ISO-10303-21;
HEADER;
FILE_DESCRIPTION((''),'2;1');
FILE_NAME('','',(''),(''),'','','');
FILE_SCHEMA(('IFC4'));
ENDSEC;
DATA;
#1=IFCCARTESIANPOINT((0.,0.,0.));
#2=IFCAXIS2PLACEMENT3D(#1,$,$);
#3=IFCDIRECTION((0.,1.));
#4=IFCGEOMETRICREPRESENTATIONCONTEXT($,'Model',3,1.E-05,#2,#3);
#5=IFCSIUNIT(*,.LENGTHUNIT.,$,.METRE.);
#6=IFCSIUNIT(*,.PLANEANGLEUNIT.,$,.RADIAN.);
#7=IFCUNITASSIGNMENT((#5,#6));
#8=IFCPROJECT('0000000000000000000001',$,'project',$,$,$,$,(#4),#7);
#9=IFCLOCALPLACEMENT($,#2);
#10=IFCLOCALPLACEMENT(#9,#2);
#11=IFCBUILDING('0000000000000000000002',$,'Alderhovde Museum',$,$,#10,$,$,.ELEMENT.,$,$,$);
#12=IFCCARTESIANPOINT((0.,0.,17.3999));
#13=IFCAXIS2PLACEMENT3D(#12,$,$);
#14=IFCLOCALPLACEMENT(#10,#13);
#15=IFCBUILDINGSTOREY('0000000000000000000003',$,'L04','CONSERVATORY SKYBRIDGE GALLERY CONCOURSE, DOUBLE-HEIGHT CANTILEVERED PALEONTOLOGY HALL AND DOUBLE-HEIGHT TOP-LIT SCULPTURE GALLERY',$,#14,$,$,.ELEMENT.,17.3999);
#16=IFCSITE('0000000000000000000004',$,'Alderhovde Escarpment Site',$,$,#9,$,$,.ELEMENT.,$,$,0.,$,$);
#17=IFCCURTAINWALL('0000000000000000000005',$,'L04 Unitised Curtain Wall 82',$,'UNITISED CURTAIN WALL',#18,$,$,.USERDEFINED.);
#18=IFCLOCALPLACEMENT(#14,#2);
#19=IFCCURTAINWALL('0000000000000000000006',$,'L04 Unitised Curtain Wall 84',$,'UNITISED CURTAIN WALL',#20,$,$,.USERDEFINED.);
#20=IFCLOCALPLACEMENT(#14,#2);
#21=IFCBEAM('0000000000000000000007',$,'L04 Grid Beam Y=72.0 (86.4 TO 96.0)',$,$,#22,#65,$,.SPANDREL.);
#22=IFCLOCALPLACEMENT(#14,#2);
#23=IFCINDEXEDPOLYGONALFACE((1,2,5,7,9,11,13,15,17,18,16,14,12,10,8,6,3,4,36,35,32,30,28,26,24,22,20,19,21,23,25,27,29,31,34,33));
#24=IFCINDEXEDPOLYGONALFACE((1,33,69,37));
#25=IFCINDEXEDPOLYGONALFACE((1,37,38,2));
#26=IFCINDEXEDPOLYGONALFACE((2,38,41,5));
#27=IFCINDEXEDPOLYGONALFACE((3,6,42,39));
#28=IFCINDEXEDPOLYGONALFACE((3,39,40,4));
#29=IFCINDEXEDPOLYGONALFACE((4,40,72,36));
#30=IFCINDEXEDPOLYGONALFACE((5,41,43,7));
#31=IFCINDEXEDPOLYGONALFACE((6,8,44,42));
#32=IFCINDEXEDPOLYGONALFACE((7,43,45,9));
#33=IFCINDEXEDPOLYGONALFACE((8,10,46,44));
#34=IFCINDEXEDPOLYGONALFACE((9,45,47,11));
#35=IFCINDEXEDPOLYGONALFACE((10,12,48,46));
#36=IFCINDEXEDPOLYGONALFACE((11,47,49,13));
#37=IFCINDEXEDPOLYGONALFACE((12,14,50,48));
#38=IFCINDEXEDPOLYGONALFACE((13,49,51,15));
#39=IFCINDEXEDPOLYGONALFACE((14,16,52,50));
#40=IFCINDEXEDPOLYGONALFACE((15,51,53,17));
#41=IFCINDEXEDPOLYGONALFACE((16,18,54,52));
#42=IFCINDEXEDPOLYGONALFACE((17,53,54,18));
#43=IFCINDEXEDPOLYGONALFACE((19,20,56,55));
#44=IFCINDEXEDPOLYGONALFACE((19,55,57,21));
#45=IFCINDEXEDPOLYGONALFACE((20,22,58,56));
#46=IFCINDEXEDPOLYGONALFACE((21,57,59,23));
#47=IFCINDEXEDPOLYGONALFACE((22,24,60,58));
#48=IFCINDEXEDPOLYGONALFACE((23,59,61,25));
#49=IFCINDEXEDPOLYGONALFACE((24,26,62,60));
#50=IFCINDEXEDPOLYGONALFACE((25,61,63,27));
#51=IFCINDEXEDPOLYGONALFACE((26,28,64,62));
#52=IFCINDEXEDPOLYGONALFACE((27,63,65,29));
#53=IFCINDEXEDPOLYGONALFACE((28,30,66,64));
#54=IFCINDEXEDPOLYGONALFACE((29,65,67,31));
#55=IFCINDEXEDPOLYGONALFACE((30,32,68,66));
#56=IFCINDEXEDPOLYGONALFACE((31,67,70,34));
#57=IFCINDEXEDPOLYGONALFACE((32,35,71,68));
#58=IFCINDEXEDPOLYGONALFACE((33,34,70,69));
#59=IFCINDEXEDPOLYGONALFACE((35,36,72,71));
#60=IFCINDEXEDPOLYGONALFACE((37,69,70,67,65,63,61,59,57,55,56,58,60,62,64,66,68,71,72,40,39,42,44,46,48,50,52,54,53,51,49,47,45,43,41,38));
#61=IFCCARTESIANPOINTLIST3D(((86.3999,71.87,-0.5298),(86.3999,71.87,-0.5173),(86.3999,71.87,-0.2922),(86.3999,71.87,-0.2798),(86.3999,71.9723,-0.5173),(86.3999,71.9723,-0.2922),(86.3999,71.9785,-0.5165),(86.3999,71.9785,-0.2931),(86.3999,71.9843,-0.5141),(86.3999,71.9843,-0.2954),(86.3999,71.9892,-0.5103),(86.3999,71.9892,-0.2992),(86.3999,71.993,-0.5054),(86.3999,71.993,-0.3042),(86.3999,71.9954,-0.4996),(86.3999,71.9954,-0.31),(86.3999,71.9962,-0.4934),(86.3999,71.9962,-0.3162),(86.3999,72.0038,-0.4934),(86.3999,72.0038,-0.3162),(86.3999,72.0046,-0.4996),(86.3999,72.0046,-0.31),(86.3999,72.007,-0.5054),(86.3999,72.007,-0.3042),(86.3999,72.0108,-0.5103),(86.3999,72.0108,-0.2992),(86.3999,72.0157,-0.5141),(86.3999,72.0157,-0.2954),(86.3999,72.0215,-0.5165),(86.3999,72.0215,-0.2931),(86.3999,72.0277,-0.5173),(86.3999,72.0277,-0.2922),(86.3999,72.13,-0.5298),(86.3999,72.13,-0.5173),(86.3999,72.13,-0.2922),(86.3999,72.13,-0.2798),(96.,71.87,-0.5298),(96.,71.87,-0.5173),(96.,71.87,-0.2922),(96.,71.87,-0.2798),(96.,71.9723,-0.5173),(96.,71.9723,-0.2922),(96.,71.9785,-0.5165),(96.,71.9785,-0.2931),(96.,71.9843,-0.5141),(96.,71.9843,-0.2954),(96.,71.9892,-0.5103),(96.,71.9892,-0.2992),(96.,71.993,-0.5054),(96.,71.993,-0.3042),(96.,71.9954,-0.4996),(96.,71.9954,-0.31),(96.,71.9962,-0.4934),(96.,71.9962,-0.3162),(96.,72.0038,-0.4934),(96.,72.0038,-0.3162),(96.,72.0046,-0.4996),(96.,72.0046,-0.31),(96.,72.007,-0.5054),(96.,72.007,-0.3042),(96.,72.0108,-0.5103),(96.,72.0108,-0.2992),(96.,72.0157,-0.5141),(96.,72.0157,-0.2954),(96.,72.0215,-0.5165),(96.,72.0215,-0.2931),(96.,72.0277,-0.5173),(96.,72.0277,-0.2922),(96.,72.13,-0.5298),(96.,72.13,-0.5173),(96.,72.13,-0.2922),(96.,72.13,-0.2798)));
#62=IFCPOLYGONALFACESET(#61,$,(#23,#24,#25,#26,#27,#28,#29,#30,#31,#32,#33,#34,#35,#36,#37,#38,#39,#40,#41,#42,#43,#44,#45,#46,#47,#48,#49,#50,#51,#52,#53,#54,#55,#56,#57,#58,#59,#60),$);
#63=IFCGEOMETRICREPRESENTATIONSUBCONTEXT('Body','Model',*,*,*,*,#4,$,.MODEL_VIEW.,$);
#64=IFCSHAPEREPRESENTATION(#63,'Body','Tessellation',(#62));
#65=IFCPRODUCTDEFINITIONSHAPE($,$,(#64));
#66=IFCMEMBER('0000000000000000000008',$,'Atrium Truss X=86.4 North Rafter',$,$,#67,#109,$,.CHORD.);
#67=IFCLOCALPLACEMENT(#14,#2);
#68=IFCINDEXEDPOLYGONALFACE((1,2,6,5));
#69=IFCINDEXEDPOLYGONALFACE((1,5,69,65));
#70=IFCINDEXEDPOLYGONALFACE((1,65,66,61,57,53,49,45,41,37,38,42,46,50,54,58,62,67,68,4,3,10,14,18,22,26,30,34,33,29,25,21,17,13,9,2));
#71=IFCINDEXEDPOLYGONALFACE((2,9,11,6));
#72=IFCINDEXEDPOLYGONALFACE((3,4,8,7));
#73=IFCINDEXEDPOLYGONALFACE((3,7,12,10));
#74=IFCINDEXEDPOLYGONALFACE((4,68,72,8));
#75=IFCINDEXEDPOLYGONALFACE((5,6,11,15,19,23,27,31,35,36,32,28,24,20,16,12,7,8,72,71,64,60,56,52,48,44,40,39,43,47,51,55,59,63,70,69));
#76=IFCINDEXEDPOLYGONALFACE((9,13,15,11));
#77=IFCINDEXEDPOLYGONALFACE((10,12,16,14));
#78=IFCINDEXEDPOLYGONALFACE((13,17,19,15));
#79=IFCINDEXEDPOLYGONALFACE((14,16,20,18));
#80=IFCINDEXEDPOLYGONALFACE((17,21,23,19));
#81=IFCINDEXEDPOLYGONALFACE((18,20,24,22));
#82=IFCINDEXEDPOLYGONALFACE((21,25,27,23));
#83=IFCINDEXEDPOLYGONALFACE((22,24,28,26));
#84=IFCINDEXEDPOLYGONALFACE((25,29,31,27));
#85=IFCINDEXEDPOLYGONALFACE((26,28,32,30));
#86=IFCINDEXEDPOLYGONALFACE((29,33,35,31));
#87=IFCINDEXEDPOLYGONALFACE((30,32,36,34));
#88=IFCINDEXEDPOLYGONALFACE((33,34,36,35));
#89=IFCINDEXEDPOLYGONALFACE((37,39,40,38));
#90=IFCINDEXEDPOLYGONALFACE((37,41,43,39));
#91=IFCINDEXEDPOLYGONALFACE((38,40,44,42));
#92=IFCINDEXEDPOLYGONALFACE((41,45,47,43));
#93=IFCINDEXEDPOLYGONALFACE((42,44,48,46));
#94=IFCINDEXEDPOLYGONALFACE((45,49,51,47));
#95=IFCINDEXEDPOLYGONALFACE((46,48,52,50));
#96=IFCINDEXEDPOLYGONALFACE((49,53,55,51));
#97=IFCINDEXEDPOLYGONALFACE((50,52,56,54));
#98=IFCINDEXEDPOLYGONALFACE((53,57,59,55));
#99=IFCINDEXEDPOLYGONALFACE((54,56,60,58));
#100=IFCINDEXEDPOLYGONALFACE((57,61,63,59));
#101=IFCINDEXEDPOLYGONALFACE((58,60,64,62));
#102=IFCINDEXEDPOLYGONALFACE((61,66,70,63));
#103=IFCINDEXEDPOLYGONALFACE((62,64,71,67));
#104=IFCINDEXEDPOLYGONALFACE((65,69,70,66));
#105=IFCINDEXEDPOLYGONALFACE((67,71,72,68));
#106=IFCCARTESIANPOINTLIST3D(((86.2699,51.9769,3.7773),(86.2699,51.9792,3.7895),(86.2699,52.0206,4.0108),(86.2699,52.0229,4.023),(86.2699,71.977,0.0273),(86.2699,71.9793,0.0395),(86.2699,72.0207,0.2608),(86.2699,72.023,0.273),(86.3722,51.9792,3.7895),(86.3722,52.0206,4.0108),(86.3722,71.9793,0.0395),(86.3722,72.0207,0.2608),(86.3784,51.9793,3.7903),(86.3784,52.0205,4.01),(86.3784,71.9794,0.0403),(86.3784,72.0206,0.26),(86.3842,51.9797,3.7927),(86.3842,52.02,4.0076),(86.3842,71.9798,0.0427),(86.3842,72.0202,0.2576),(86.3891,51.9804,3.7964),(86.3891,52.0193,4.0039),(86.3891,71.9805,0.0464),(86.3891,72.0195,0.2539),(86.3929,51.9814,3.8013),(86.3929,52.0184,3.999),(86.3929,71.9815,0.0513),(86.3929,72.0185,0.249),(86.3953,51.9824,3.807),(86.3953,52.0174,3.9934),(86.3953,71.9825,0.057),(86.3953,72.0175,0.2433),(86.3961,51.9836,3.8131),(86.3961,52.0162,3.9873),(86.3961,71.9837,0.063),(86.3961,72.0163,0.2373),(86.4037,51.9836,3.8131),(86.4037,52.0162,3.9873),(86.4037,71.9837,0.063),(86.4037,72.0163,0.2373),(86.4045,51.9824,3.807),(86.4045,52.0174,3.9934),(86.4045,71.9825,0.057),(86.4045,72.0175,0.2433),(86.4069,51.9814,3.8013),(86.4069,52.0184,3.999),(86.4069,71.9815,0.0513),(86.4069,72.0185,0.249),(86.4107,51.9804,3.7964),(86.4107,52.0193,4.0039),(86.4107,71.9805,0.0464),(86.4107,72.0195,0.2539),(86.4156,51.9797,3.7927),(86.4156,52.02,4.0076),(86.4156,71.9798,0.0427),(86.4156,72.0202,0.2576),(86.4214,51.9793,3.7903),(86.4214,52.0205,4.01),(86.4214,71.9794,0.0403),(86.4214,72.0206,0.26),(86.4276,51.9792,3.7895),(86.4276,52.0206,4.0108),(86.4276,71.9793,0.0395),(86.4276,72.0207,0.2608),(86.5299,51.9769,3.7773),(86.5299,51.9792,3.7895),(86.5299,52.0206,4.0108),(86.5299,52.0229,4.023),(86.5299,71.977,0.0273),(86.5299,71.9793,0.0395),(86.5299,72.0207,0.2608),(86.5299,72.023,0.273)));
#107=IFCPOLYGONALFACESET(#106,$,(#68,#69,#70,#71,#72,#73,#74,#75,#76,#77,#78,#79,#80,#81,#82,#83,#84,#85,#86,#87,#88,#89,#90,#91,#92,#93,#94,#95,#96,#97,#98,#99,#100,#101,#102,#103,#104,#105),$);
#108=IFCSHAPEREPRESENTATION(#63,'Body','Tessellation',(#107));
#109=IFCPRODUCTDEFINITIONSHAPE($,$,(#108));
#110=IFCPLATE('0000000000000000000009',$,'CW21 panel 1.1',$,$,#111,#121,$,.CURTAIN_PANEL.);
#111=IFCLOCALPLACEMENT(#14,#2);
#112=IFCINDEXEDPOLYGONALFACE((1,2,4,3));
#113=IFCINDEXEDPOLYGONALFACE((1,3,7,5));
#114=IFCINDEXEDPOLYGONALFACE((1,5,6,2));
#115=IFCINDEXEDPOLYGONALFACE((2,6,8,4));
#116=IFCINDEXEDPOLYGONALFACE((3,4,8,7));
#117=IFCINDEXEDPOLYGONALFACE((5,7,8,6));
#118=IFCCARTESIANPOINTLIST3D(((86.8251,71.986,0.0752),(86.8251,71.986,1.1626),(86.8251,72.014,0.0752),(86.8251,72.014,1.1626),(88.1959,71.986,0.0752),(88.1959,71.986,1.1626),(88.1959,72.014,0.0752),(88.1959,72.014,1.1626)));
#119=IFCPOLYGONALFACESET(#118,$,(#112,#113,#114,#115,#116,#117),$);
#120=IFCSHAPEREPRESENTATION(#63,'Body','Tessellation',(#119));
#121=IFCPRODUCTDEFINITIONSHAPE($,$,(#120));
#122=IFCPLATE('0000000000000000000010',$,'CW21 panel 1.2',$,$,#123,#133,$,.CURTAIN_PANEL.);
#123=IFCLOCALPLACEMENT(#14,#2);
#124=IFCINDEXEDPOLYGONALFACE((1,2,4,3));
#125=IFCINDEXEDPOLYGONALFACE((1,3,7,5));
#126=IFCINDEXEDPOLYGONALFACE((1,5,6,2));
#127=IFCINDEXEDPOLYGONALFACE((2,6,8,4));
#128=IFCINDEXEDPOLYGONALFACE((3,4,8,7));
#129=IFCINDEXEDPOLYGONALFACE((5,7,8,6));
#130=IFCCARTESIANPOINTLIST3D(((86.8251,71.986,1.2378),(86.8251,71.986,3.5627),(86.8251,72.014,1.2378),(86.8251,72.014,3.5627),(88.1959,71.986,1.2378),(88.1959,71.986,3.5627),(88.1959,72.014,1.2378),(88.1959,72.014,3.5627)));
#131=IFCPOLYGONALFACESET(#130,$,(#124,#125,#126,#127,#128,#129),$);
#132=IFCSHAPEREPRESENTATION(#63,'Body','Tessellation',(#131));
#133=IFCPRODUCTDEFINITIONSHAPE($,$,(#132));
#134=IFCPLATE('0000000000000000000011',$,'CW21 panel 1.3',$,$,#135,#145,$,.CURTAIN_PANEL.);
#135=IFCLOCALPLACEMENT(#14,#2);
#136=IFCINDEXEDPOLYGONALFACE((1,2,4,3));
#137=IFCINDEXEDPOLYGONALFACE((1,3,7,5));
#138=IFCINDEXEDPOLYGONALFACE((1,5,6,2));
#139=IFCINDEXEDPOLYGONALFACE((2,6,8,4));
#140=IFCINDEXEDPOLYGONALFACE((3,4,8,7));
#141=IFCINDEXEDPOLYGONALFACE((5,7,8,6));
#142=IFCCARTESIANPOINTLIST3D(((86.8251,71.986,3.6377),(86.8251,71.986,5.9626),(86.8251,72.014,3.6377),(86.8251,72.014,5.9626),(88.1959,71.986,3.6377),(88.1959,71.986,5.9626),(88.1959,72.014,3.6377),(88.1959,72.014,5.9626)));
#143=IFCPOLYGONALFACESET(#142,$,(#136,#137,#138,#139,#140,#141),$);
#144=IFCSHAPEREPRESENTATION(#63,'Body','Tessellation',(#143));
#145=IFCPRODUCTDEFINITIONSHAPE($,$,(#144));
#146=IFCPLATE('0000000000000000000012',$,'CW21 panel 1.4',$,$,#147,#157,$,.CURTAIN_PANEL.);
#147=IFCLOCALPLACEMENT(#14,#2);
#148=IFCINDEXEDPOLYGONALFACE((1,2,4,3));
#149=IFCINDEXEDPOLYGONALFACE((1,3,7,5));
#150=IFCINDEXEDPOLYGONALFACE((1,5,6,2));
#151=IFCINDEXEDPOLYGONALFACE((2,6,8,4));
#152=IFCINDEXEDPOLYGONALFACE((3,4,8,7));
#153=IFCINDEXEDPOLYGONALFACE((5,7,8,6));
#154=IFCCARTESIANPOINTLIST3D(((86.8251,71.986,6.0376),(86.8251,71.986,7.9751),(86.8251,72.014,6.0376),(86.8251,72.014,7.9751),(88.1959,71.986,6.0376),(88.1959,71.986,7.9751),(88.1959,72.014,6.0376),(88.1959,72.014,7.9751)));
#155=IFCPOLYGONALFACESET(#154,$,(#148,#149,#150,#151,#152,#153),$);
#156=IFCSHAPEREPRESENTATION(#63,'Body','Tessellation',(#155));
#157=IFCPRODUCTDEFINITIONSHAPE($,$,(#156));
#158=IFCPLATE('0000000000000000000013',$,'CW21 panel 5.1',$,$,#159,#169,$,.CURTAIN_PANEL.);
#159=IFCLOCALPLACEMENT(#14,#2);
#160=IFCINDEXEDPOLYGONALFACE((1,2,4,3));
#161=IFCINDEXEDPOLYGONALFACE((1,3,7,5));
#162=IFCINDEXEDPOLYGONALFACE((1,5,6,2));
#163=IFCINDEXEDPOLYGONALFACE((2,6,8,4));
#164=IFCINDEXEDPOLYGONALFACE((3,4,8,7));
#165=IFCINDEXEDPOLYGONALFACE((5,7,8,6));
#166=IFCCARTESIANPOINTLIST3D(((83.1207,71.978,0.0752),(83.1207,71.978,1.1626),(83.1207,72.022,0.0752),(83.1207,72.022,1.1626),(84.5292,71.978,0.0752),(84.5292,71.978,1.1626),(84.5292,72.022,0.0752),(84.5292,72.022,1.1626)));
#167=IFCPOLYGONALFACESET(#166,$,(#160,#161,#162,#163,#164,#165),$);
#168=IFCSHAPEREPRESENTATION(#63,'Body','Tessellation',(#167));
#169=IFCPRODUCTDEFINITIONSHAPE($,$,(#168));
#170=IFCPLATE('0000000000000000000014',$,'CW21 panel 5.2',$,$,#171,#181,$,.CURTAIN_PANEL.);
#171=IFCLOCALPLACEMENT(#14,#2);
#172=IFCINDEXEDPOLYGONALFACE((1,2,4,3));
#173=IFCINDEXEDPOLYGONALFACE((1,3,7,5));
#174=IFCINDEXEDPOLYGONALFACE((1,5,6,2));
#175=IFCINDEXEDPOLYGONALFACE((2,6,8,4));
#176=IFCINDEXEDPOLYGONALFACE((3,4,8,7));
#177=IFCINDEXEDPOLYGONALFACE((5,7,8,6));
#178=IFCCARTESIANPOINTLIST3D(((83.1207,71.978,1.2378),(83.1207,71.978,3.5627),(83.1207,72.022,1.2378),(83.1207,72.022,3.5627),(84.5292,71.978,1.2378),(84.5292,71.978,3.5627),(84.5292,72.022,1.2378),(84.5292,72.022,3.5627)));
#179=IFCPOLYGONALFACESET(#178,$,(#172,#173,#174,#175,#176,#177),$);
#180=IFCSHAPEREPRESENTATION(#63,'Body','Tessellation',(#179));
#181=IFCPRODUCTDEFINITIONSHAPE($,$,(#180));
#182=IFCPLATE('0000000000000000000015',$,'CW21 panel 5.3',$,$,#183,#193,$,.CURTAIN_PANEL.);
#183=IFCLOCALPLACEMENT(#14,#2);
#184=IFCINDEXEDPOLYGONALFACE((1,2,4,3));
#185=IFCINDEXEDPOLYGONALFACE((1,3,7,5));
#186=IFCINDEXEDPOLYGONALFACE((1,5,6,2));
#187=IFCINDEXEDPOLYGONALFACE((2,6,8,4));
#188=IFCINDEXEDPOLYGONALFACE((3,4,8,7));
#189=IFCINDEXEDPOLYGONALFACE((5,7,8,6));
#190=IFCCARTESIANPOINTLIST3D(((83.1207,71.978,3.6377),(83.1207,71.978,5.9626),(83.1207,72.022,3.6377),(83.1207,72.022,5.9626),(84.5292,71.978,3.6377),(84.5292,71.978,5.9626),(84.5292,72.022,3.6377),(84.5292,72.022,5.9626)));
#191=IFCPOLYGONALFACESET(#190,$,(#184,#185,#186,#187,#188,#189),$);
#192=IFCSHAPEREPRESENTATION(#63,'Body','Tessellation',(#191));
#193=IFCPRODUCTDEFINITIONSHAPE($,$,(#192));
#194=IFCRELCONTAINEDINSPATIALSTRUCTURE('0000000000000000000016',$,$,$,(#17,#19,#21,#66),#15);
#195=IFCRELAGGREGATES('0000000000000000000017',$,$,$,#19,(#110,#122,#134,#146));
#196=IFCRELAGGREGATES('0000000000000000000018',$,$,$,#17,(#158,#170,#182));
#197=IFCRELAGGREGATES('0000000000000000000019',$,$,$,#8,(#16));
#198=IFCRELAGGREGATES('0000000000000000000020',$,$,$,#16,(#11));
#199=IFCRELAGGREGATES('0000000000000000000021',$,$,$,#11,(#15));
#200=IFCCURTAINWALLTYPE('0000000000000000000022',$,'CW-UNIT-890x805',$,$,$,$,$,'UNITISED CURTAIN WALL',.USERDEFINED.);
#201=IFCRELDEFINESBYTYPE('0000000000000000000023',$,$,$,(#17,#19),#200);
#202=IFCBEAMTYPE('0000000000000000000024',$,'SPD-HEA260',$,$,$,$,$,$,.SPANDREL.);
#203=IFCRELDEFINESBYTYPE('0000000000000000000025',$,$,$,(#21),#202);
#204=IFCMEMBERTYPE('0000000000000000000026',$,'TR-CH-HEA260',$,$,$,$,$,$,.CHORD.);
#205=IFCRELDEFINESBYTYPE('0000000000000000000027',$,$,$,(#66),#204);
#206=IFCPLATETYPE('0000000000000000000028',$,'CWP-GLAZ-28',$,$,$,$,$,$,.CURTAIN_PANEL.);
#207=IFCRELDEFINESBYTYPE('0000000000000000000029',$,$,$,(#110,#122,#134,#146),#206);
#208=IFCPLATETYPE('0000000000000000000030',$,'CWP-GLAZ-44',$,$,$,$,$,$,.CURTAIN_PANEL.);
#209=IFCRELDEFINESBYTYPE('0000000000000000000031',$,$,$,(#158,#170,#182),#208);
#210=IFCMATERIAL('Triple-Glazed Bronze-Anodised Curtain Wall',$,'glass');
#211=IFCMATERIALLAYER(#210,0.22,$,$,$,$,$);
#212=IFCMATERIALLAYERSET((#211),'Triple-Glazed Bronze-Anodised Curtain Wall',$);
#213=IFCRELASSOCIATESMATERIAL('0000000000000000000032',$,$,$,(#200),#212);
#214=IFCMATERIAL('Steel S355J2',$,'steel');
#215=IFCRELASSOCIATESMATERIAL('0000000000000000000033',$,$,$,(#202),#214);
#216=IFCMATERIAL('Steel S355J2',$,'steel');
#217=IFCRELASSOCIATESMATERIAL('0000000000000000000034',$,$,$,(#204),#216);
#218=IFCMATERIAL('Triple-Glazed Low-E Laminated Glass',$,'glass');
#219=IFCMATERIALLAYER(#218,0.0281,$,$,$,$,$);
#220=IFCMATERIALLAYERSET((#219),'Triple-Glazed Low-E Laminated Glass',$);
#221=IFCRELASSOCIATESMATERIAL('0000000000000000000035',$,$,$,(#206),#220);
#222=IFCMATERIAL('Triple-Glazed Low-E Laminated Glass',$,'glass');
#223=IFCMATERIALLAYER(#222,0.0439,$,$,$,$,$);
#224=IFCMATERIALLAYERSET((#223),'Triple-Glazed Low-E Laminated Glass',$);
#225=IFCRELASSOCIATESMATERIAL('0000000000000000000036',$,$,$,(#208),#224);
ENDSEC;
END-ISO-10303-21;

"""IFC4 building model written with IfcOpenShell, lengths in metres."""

from ifc_helpers import new_model, si_unit, direction, frame, origin, origin_2d, place, context, subcontext, project, spatial, rectangle, i_section, extrude, material, layer, layer_set, material_profile, profile_set, type_object, element, aggregate, save


model = new_model("IFC4")

# Units and contexts
model_context = context("Model", 3, precision=1e-05, world=origin(), true_north=direction((0.0, 1.0)))
body_context = subcontext(model_context, "Body", "Model", "MODEL_VIEW")
ifc_project = project(units=[si_unit("LENGTHUNIT", "METRE"), si_unit("PLANEANGLEUNIT", "RADIAN")], contexts=[model_context])

# Site, building, storey
site_placement = place(None, origin())
site = spatial("IfcSite", under=ifc_project, at=site_placement, Name="Alderhovde Escarpment Site", CompositionType="ELEMENT", RefElevation=0.0)
building_placement = place(site_placement, origin())
building = spatial("IfcBuilding", under=site, at=building_placement, Name="Alderhovde Museum", CompositionType="ELEMENT")
storey_placement = place(building_placement, frame((0.0, 0.0, 17.3999)))
storey = spatial("IfcBuildingStorey", under=building, at=storey_placement, Name="L04", Description="CONSERVATORY SKYBRIDGE GALLERY CONCOURSE, DOUBLE-HEIGHT CANTILEVERED PALEONTOLOGY HALL AND DOUBLE-HEIGHT TOP-LIT SCULPTURE GALLERY", CompositionType="ELEMENT", Elevation=17.3999)

# Curtain walls
ifc_material_1 = material(Name="Triple-Glazed Bronze-Anodised Curtain Wall", Category="glass")
ifc_layer_1 = layer(ifc_material_1, 0.22)
ifc_layer_set_1 = layer_set([ifc_layer_1], Name="Triple-Glazed Bronze-Anodised Curtain Wall")
curtain_wall_type = type_object("IfcCurtainWallType", Name="CW-UNIT-890x805", ElementType="UNITISED CURTAIN WALL", PredefinedType="USERDEFINED", material=ifc_layer_set_1)
curtain_wall_1_placement = place(storey_placement, origin())
curtain_wall_1 = element("IfcCurtainWall", 1, at=curtain_wall_1_placement, inside=storey, type_object=curtain_wall_type, Name="L04 Unitised Curtain Wall 82", ObjectType="UNITISED CURTAIN WALL", PredefinedType="USERDEFINED")
curtain_wall_2_placement = place(storey_placement, origin())
curtain_wall_2 = element("IfcCurtainWall", 2, at=curtain_wall_2_placement, inside=storey, type_object=curtain_wall_type, Name="L04 Unitised Curtain Wall 84", ObjectType="UNITISED CURTAIN WALL", PredefinedType="USERDEFINED")

# Beam
ifc_material_2 = material(Name="Steel S355J2", Category="steel")
ifc_material_profile_1 = material_profile(ifc_material_2, i_section(OverallWidth=0.26, OverallDepth=0.25, WebThickness=0.0076, FlangeThickness=0.0125, FilletRadius=0.0239, at=origin_2d()), Name="HEA 260")
ifc_profile_set_1 = profile_set([ifc_material_profile_1], Name="Steel S355J2")
beam_type_1 = type_object("IfcBeamType", Name="SPD-HEA260", PredefinedType="SPANDREL", material=ifc_profile_set_1)
beam_1_placement = place(storey_placement, frame((86.3999, 72.0, -0.4048), z_axis=(1.0, 0.0, 0.0), x_axis=(0.0, 1.0, 0.0)))
element("IfcBeam", 3, at=beam_1_placement, inside=storey, type_object=beam_type_1, Name="L04 Grid Beam Y=72.0 (86.4 TO 96.0)", PredefinedType="SPANDREL", context=body_context, shape_type="SweptSolid", body=[
    extrude(i_section(OverallWidth=0.26, OverallDepth=0.25, WebThickness=0.0076, FlangeThickness=0.0125, FilletRadius=0.0239, at=origin_2d()), origin(), (0.0, 0.0, 1.0), 9.6001),
])

# Member
ifc_material_3 = material(Name="Steel S355J2", Category="steel")
ifc_material_profile_2 = material_profile(ifc_material_3, i_section(OverallWidth=0.26, OverallDepth=0.25, WebThickness=0.0076, FlangeThickness=0.0125, FilletRadius=0.0239, at=origin_2d()), Name="HEA 260")
ifc_profile_set_2 = profile_set([ifc_material_profile_2], Name="Steel S355J2")
member_type_1 = type_object("IfcMemberType", Name="TR-CH-HEA260", PredefinedType="CHORD", material=ifc_profile_set_2)
member_1_placement = place(storey_placement, frame((86.3999, 72.0, 0.1501), z_axis=(0.0, -0.982872, 0.184289), x_axis=(1.0, 0.0, 0.0)))
element("IfcMember", 4, at=member_1_placement, inside=storey, type_object=member_type_1, Name="Atrium Truss X=86.4 North Rafter", PredefinedType="CHORD", context=body_context, shape_type="SweptSolid", body=[
    extrude(i_section(OverallWidth=0.26, OverallDepth=0.25, WebThickness=0.0076, FlangeThickness=0.0125, FilletRadius=0.0239, at=origin_2d()), origin(), (0.0, 0.0, 1.0), 20.3486),
])

# Plates
ifc_material_4 = material(Name="Triple-Glazed Low-E Laminated Glass", Category="glass")
ifc_layer_2 = layer(ifc_material_4, 0.0281)
ifc_layer_set_2 = layer_set([ifc_layer_2], Name="Triple-Glazed Low-E Laminated Glass")
plate_type_1 = type_object("IfcPlateType", Name="CWP-GLAZ-28", PredefinedType="CURTAIN_PANEL", material=ifc_layer_set_2)
plate_1_placement = place(storey_placement, frame((87.5105, 72.0, 0.0752), z_axis=(0.0, 0.0, 1.0), x_axis=(1.0, 0.0, 0.0)))
plate_1 = element("IfcPlate", 5, at=plate_1_placement, type_object=plate_type_1, Name="CW21 panel 1.1", PredefinedType="CURTAIN_PANEL", context=body_context, shape_type="SweptSolid", body=[
    extrude(rectangle(XDim=1.3708, YDim=0.0281, at=origin_2d()), origin(), (0.0, 0.0, 1.0), 1.0874),
])
plate_2_placement = place(storey_placement, frame((87.5105, 72.0, 1.2378), z_axis=(0.0, 0.0, 1.0), x_axis=(1.0, 0.0, 0.0)))
plate_2 = element("IfcPlate", 6, at=plate_2_placement, type_object=plate_type_1, Name="CW21 panel 1.2", PredefinedType="CURTAIN_PANEL", context=body_context, shape_type="SweptSolid", body=[
    extrude(rectangle(XDim=1.3708, YDim=0.0281, at=origin_2d()), origin(), (0.0, 0.0, 1.0), 2.325),
])
plate_3_placement = place(storey_placement, frame((87.5105, 72.0, 3.6377), z_axis=(0.0, 0.0, 1.0), x_axis=(1.0, 0.0, 0.0)))
plate_3 = element("IfcPlate", 7, at=plate_3_placement, type_object=plate_type_1, Name="CW21 panel 1.3", PredefinedType="CURTAIN_PANEL", context=body_context, shape_type="SweptSolid", body=[
    extrude(rectangle(XDim=1.3708, YDim=0.0281, at=origin_2d()), origin(), (0.0, 0.0, 1.0), 2.325),
])
plate_4_placement = place(storey_placement, frame((87.5105, 72.0, 6.0376), z_axis=(0.0, 0.0, 1.0), x_axis=(1.0, 0.0, 0.0)))
plate_4 = element("IfcPlate", 8, at=plate_4_placement, type_object=plate_type_1, Name="CW21 panel 1.4", PredefinedType="CURTAIN_PANEL", context=body_context, shape_type="SweptSolid", body=[
    extrude(rectangle(XDim=1.3708, YDim=0.0281, at=origin_2d()), origin(), (0.0, 0.0, 1.0), 1.9375),
])
aggregate(curtain_wall_2, [plate_1, plate_2, plate_3, plate_4])
ifc_material_5 = material(Name="Triple-Glazed Low-E Laminated Glass", Category="glass")
ifc_layer_3 = layer(ifc_material_5, 0.0439)
ifc_layer_set_3 = layer_set([ifc_layer_3], Name="Triple-Glazed Low-E Laminated Glass")
plate_type_2 = type_object("IfcPlateType", Name="CWP-GLAZ-44", PredefinedType="CURTAIN_PANEL", material=ifc_layer_set_3)
plate_5_placement = place(storey_placement, frame((83.825, 72.0, 0.0752), z_axis=(0.0, 0.0, 1.0), x_axis=(1.0, 0.0, 0.0)))
plate_5 = element("IfcPlate", 9, at=plate_5_placement, type_object=plate_type_2, Name="CW21 panel 5.1", PredefinedType="CURTAIN_PANEL", context=body_context, shape_type="SweptSolid", body=[
    extrude(rectangle(XDim=1.4084, YDim=0.0439, at=origin_2d()), origin(), (0.0, 0.0, 1.0), 1.0874),
])
plate_6_placement = place(storey_placement, frame((83.825, 72.0, 1.2378), z_axis=(0.0, 0.0, 1.0), x_axis=(1.0, 0.0, 0.0)))
plate_6 = element("IfcPlate", 10, at=plate_6_placement, type_object=plate_type_2, Name="CW21 panel 5.2", PredefinedType="CURTAIN_PANEL", context=body_context, shape_type="SweptSolid", body=[
    extrude(rectangle(XDim=1.4084, YDim=0.0439, at=origin_2d()), origin(), (0.0, 0.0, 1.0), 2.325),
])
plate_7_placement = place(storey_placement, frame((83.825, 72.0, 3.6377), z_axis=(0.0, 0.0, 1.0), x_axis=(1.0, 0.0, 0.0)))
plate_7 = element("IfcPlate", 11, at=plate_7_placement, type_object=plate_type_2, Name="CW21 panel 5.3", PredefinedType="CURTAIN_PANEL", context=body_context, shape_type="SweptSolid", body=[
    extrude(rectangle(XDim=1.4084, YDim=0.0439, at=origin_2d()), origin(), (0.0, 0.0, 1.0), 2.325),
])
aggregate(curtain_wall_1, [plate_5, plate_6, plate_7])

save(model, "model.ifc")
